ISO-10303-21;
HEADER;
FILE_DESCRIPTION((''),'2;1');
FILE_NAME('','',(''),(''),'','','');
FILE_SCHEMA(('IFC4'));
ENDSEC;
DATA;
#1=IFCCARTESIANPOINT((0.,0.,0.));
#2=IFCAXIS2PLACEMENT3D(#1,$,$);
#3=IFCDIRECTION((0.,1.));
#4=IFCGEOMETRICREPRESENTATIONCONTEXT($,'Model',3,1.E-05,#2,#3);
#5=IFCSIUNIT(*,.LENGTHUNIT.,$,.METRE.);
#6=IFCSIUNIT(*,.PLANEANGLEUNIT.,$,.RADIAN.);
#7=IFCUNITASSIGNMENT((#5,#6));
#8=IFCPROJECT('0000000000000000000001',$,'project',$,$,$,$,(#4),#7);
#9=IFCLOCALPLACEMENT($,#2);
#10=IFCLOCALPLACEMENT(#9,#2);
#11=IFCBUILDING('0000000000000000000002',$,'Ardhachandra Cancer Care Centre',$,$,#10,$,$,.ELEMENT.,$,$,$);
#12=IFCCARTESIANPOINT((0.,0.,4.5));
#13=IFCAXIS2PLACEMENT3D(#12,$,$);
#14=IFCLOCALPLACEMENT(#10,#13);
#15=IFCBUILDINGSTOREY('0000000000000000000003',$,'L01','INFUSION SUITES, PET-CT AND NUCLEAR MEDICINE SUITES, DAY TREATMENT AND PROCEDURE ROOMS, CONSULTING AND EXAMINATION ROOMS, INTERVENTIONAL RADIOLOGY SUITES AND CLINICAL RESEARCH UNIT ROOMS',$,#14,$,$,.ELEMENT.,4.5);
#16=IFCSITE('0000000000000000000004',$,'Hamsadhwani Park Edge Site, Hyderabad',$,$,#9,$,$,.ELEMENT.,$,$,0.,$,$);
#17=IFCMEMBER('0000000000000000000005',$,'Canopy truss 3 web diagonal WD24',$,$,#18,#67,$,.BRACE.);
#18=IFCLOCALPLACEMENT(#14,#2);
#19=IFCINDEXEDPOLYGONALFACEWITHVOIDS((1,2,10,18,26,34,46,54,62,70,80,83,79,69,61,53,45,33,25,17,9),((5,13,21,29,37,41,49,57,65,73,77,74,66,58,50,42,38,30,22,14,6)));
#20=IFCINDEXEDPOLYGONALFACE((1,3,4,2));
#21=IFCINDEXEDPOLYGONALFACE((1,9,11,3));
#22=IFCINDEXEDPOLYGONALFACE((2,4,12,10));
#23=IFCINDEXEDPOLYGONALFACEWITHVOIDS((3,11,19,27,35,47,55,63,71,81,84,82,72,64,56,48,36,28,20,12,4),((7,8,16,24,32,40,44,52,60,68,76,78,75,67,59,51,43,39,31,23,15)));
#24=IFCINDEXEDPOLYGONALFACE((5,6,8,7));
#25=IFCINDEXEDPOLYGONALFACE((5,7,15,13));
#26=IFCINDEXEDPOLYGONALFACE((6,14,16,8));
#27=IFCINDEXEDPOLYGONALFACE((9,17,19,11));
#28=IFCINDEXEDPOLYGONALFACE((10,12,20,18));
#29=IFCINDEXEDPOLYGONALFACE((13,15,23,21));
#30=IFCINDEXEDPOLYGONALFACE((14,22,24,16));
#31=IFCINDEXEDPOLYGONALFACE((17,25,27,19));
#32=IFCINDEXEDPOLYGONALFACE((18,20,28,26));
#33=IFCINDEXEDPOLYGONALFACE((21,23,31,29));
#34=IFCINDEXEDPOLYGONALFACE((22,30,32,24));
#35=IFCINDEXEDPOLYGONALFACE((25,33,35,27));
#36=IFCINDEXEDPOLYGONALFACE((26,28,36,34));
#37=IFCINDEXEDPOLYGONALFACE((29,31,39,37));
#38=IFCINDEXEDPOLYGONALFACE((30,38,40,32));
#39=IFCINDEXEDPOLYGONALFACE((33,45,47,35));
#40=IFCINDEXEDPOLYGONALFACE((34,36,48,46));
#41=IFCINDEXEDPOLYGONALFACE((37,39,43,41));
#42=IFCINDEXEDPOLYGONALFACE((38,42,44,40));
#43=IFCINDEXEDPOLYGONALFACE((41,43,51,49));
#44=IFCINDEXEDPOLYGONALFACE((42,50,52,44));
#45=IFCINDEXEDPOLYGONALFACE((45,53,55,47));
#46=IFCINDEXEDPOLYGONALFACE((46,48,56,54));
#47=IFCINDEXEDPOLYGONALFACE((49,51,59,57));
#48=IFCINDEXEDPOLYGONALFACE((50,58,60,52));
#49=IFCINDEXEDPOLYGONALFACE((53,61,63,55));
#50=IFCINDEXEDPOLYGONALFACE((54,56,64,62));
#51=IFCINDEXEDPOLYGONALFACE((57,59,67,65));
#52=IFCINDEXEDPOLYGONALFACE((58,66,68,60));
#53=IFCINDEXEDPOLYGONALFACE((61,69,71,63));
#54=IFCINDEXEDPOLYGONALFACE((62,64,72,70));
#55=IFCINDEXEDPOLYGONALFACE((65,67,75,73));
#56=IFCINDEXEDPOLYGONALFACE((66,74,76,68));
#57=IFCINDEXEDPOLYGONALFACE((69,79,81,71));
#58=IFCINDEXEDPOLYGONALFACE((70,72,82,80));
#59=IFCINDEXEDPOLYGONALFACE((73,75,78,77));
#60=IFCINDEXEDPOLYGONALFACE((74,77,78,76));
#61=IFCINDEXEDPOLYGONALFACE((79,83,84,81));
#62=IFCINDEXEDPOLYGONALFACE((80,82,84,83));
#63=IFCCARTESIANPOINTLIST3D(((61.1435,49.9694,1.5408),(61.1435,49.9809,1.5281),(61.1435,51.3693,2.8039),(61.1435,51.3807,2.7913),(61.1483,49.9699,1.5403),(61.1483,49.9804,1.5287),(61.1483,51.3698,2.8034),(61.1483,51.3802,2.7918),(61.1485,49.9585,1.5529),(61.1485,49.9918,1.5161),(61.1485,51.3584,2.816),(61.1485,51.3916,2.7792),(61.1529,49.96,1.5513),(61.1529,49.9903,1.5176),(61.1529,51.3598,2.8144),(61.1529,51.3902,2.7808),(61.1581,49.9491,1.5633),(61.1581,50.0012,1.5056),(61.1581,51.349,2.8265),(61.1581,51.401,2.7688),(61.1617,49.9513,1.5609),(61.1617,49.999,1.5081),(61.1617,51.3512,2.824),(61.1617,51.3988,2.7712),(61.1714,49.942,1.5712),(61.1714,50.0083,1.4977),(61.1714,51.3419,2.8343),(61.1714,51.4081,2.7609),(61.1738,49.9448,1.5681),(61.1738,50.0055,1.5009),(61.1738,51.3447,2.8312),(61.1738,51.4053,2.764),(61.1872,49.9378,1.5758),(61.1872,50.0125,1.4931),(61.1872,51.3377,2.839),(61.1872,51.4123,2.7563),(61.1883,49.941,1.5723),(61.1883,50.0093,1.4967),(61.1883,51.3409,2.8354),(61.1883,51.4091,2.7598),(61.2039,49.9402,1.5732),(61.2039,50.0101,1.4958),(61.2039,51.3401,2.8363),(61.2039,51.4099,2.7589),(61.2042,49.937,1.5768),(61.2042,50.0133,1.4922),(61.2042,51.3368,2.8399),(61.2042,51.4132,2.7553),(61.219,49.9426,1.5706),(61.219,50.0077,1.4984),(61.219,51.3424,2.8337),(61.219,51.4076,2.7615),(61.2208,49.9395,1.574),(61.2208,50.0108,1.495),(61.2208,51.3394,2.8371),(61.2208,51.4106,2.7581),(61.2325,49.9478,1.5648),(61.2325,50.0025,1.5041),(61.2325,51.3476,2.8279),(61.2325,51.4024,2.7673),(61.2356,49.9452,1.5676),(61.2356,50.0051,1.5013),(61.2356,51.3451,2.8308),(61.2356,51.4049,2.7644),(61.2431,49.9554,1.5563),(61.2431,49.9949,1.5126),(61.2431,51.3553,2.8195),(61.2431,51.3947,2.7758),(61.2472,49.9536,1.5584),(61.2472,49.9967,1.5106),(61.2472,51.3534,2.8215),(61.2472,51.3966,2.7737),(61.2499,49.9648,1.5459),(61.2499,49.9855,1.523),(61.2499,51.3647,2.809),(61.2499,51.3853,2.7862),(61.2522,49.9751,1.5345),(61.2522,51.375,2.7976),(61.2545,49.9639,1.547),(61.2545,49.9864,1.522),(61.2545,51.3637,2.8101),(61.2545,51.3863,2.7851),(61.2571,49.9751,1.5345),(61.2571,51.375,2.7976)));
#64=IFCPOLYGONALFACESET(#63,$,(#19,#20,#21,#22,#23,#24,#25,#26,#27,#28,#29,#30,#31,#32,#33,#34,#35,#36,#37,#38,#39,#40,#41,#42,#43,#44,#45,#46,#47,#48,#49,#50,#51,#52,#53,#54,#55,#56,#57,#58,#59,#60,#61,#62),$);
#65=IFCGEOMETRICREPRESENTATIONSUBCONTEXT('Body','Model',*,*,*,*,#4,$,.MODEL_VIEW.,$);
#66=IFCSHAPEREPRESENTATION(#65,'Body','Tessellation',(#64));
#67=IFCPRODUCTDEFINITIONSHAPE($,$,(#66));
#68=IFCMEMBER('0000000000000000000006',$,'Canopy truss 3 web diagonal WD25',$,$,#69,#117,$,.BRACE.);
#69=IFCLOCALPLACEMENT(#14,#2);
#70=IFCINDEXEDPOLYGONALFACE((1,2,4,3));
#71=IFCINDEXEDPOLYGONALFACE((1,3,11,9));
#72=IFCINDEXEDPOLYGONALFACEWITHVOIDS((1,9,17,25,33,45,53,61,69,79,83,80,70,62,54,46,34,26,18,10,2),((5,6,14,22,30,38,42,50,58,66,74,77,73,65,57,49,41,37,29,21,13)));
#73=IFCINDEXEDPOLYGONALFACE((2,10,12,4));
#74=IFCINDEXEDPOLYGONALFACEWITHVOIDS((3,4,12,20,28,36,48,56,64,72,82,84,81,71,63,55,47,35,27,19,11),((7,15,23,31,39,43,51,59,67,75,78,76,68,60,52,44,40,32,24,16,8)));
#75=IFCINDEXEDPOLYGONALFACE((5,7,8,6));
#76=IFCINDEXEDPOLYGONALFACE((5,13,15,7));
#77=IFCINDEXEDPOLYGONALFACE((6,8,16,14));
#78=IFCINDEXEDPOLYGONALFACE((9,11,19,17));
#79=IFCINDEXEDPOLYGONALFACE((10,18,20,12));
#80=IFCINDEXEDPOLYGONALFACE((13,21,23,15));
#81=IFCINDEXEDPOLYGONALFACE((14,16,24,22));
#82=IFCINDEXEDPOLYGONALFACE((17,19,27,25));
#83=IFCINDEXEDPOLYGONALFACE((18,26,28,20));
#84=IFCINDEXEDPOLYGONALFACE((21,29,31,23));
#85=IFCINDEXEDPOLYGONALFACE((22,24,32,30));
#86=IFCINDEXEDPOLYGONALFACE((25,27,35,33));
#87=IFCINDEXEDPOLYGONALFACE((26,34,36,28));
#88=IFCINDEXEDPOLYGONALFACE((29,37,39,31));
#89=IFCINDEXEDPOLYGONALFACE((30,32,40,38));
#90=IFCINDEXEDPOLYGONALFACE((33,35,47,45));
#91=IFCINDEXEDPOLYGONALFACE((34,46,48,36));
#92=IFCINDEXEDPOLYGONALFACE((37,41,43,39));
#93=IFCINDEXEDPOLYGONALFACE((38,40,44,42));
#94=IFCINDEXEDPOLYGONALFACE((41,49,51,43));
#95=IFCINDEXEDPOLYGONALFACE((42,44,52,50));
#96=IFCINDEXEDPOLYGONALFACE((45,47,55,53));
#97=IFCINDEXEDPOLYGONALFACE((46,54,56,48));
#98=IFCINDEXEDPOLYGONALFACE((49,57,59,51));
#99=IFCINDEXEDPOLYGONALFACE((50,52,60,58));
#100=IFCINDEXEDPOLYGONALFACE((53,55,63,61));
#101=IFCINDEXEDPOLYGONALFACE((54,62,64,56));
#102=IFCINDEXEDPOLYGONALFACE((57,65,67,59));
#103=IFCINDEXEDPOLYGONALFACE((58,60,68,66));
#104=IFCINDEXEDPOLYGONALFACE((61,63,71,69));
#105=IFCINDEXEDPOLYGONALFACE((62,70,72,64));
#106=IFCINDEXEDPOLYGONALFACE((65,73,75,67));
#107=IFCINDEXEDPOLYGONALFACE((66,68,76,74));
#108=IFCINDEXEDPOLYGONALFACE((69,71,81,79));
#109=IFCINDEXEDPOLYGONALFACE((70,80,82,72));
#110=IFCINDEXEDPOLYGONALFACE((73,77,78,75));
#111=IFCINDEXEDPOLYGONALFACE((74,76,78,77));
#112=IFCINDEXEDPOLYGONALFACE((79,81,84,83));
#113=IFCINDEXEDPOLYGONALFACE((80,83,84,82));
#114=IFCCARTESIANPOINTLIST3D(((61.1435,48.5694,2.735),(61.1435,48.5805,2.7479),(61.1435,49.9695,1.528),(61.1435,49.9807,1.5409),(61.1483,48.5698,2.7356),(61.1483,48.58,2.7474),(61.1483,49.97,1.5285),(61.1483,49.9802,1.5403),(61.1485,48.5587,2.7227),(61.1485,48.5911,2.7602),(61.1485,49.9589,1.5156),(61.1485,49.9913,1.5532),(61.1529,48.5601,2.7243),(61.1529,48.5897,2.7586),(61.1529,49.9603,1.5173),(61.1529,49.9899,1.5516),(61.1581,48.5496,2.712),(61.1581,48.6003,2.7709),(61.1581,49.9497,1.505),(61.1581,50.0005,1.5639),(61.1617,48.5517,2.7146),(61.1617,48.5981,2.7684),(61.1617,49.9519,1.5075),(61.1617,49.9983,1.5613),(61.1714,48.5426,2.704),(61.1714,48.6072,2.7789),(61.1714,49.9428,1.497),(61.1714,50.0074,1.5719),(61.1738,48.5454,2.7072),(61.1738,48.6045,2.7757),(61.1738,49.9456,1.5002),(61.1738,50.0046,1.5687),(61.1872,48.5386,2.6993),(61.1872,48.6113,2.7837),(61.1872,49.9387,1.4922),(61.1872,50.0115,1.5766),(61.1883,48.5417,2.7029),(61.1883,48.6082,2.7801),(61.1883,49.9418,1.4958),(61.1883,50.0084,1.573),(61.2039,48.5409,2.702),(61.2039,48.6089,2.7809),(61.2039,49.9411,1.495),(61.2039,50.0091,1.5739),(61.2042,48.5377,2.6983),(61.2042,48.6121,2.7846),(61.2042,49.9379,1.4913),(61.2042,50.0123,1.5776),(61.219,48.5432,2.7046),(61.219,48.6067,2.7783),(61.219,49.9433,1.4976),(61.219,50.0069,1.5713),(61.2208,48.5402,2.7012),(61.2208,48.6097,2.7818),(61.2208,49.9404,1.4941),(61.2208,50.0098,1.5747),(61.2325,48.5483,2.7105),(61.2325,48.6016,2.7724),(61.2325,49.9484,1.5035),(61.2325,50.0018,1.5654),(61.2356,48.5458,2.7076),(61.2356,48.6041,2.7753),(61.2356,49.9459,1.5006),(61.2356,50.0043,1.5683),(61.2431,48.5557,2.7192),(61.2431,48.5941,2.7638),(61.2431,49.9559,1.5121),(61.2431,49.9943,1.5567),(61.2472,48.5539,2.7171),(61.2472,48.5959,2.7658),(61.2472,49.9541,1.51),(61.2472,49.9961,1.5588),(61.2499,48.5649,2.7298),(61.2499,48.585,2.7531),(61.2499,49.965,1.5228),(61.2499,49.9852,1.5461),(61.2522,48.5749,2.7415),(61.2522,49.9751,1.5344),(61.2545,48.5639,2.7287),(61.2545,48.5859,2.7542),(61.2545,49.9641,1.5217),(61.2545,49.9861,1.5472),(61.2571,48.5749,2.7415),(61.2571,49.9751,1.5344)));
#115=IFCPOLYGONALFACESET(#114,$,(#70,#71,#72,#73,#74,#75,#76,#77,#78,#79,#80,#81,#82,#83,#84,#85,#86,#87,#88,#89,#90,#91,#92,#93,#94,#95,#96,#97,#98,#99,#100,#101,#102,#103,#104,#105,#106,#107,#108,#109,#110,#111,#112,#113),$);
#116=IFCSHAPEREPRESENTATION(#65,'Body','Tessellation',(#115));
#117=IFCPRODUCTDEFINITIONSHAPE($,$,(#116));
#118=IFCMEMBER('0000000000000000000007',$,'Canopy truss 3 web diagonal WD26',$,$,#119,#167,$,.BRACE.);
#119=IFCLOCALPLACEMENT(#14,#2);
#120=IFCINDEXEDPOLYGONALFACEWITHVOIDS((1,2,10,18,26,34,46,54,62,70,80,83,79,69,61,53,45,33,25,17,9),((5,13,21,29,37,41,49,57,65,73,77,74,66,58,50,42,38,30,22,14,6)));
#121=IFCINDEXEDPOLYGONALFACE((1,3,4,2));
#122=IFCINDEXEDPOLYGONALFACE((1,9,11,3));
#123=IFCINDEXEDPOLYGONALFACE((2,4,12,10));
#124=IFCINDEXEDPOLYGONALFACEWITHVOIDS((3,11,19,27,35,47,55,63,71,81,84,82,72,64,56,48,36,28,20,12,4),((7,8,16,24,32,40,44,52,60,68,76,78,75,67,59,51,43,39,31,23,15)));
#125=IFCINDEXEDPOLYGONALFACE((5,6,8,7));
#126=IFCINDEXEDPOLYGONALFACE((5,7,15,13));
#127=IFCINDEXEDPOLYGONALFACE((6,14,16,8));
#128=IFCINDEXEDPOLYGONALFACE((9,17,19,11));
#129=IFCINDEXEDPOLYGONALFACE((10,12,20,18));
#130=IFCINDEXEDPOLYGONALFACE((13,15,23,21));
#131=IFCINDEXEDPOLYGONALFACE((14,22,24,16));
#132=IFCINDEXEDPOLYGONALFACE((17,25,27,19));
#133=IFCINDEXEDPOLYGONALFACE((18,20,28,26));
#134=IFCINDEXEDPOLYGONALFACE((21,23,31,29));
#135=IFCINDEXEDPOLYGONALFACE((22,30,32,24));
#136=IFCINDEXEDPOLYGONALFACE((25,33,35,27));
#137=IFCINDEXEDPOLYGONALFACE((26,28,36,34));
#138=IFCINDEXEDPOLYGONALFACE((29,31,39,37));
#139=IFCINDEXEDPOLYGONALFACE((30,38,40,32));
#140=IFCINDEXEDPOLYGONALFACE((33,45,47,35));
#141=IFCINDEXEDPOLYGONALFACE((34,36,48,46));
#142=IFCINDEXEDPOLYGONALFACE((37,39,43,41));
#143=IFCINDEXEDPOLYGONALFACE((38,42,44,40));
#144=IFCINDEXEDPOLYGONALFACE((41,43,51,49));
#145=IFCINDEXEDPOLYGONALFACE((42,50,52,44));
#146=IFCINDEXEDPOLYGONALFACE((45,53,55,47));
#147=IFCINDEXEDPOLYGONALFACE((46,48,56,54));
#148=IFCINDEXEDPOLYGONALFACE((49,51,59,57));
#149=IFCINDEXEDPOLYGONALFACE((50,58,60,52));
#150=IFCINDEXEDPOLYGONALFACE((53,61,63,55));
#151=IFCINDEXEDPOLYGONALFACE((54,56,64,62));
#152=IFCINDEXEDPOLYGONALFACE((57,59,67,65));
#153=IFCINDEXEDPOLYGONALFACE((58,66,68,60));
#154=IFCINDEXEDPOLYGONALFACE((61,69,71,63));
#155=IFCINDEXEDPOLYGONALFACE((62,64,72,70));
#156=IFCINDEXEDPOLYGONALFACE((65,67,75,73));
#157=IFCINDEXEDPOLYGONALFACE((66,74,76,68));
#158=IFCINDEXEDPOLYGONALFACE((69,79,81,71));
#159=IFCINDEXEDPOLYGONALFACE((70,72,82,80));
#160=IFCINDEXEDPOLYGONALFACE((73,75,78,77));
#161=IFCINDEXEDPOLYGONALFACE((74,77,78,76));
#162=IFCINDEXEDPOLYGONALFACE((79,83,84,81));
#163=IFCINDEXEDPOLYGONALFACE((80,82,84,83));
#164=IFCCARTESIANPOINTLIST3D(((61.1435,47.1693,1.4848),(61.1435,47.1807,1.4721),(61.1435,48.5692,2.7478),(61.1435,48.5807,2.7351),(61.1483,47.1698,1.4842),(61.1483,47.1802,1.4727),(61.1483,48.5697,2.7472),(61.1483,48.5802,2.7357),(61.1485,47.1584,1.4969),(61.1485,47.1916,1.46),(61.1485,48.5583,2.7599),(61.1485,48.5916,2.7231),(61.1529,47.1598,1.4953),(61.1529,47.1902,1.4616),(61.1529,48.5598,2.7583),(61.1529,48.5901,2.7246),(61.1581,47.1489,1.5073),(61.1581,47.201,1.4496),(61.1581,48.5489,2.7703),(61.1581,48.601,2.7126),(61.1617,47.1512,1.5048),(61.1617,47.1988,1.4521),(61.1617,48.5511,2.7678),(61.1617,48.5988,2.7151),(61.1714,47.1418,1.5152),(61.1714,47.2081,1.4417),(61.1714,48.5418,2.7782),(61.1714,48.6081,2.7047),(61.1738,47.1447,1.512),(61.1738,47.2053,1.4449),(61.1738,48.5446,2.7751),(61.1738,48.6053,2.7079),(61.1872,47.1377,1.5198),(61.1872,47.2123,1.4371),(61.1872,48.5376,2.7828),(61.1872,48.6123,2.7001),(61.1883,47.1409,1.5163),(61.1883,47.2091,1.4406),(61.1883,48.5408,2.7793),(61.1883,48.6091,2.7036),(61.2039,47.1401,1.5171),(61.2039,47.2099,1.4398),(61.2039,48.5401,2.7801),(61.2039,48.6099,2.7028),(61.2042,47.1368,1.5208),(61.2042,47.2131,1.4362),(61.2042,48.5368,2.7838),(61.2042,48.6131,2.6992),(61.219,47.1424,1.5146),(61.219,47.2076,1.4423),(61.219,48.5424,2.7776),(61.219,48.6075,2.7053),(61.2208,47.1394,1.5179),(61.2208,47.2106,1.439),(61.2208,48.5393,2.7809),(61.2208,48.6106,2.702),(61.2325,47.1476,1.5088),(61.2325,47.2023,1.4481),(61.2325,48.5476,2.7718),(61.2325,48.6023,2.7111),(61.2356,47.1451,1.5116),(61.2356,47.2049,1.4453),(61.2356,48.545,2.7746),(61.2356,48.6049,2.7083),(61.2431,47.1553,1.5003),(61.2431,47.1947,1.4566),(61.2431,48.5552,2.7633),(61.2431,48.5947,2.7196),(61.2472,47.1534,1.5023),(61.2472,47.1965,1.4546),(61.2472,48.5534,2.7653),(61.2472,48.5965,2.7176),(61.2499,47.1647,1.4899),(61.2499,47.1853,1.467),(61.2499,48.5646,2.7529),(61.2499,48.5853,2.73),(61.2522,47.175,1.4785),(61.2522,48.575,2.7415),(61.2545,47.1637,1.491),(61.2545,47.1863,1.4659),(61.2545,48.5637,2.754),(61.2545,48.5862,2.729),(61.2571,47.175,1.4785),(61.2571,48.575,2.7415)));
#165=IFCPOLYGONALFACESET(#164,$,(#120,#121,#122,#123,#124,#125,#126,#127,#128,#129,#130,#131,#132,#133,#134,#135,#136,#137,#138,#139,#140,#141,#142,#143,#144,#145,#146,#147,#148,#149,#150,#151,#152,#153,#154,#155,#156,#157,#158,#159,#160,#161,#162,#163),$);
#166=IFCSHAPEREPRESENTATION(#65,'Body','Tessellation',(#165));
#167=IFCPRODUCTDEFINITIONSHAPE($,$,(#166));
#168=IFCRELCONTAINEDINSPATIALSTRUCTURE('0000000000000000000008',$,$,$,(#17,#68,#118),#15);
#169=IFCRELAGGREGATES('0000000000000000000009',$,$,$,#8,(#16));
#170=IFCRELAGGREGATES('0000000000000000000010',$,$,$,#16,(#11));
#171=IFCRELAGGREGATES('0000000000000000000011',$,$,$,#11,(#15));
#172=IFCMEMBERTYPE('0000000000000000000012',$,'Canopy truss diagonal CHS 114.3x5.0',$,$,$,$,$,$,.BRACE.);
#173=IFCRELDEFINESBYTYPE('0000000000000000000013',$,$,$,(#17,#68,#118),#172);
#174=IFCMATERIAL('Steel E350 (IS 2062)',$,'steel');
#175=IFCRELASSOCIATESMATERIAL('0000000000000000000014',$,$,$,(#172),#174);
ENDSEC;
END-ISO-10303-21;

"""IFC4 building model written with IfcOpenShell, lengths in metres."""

from ifc_helpers import new_model, si_unit, direction, frame, origin, origin_2d, place, context, subcontext, project, spatial, hollow_circle, extrude, material, material_profile, profile_set, type_object, element, save


model = new_model("IFC4")

# Units and contexts
model_context = context("Model", 3, precision=1e-05, world=origin(), true_north=direction((0.0, 1.0)))
body_context = subcontext(model_context, "Body", "Model", "MODEL_VIEW")
ifc_project = project(units=[si_unit("LENGTHUNIT", "METRE"), si_unit("PLANEANGLEUNIT", "RADIAN")], contexts=[model_context])

# Site, building, storey
site_placement = place(None, origin())
site = spatial("IfcSite", under=ifc_project, at=site_placement, Name="Hamsadhwani Park Edge Site, Hyderabad", CompositionType="ELEMENT", RefElevation=0.0)
building_placement = place(site_placement, origin())
building = spatial("IfcBuilding", under=site, at=building_placement, Name="Ardhachandra Cancer Care Centre", CompositionType="ELEMENT")
storey_placement = place(building_placement, frame((0.0, 0.0, 4.5)))
storey = spatial("IfcBuildingStorey", under=building, at=storey_placement, Name="L01", Description="INFUSION SUITES, PET-CT AND NUCLEAR MEDICINE SUITES, DAY TREATMENT AND PROCEDURE ROOMS, CONSULTING AND EXAMINATION ROOMS, INTERVENTIONAL RADIOLOGY SUITES AND CLINICAL RESEARCH UNIT ROOMS", CompositionType="ELEMENT", Elevation=4.5)

# Members
ifc_material_1 = material(Name="Steel E350 (IS 2062)", Category="steel")
ifc_material_profile_1 = material_profile(ifc_material_1, hollow_circle(Radius=0.0571, WallThickness=0.0049, at=origin_2d()), Name="CHS 114.3x5.0")
ifc_profile_set_1 = profile_set([ifc_material_profile_1], Name="Steel E350 (IS 2062)")
member_type_1 = type_object("IfcMemberType", Name="Canopy truss diagonal CHS 114.3x5.0", PredefinedType="BRACE", material=ifc_profile_set_1)
member_1_placement = place(storey_placement, frame((61.2, 51.375, 2.7976), z_axis=(0.0, -0.742431, -0.669923), x_axis=(1.0, 0.0, 0.0)))
element("IfcMember", 1, at=member_1_placement, inside=storey, type_object=member_type_1, Name="Canopy truss 3 web diagonal WD24", PredefinedType="BRACE", context=body_context, shape_type="SweptSolid", body=[
    extrude(hollow_circle(Radius=0.0571, WallThickness=0.0049, at=origin_2d()), origin(), (0.0, 0.0, 1.0), 1.8855),
])
member_2_placement = place(storey_placement, frame((61.2, 49.9751, 1.5344), z_axis=(0.0, -0.757408, 0.652942), x_axis=(1.0, 0.0, 0.0)))
element("IfcMember", 2, at=member_2_placement, inside=storey, type_object=member_type_1, Name="Canopy truss 3 web diagonal WD25", PredefinedType="BRACE", context=body_context, shape_type="SweptSolid", body=[
    extrude(hollow_circle(Radius=0.0571, WallThickness=0.0049, at=origin_2d()), origin(), (0.0, 0.0, 1.0), 1.8486),
])
member_3_placement = place(storey_placement, frame((61.2, 48.575, 2.7415), z_axis=(0.0, -0.742495, -0.669851), x_axis=(1.0, 0.0, 0.0)))
element("IfcMember", 3, at=member_3_placement, inside=storey, type_object=member_type_1, Name="Canopy truss 3 web diagonal WD26", PredefinedType="BRACE", context=body_context, shape_type="SweptSolid", body=[
    extrude(hollow_circle(Radius=0.0571, WallThickness=0.0049, at=origin_2d()), origin(), (0.0, 0.0, 1.0), 1.8855),
])

save(model, "model.ifc")
